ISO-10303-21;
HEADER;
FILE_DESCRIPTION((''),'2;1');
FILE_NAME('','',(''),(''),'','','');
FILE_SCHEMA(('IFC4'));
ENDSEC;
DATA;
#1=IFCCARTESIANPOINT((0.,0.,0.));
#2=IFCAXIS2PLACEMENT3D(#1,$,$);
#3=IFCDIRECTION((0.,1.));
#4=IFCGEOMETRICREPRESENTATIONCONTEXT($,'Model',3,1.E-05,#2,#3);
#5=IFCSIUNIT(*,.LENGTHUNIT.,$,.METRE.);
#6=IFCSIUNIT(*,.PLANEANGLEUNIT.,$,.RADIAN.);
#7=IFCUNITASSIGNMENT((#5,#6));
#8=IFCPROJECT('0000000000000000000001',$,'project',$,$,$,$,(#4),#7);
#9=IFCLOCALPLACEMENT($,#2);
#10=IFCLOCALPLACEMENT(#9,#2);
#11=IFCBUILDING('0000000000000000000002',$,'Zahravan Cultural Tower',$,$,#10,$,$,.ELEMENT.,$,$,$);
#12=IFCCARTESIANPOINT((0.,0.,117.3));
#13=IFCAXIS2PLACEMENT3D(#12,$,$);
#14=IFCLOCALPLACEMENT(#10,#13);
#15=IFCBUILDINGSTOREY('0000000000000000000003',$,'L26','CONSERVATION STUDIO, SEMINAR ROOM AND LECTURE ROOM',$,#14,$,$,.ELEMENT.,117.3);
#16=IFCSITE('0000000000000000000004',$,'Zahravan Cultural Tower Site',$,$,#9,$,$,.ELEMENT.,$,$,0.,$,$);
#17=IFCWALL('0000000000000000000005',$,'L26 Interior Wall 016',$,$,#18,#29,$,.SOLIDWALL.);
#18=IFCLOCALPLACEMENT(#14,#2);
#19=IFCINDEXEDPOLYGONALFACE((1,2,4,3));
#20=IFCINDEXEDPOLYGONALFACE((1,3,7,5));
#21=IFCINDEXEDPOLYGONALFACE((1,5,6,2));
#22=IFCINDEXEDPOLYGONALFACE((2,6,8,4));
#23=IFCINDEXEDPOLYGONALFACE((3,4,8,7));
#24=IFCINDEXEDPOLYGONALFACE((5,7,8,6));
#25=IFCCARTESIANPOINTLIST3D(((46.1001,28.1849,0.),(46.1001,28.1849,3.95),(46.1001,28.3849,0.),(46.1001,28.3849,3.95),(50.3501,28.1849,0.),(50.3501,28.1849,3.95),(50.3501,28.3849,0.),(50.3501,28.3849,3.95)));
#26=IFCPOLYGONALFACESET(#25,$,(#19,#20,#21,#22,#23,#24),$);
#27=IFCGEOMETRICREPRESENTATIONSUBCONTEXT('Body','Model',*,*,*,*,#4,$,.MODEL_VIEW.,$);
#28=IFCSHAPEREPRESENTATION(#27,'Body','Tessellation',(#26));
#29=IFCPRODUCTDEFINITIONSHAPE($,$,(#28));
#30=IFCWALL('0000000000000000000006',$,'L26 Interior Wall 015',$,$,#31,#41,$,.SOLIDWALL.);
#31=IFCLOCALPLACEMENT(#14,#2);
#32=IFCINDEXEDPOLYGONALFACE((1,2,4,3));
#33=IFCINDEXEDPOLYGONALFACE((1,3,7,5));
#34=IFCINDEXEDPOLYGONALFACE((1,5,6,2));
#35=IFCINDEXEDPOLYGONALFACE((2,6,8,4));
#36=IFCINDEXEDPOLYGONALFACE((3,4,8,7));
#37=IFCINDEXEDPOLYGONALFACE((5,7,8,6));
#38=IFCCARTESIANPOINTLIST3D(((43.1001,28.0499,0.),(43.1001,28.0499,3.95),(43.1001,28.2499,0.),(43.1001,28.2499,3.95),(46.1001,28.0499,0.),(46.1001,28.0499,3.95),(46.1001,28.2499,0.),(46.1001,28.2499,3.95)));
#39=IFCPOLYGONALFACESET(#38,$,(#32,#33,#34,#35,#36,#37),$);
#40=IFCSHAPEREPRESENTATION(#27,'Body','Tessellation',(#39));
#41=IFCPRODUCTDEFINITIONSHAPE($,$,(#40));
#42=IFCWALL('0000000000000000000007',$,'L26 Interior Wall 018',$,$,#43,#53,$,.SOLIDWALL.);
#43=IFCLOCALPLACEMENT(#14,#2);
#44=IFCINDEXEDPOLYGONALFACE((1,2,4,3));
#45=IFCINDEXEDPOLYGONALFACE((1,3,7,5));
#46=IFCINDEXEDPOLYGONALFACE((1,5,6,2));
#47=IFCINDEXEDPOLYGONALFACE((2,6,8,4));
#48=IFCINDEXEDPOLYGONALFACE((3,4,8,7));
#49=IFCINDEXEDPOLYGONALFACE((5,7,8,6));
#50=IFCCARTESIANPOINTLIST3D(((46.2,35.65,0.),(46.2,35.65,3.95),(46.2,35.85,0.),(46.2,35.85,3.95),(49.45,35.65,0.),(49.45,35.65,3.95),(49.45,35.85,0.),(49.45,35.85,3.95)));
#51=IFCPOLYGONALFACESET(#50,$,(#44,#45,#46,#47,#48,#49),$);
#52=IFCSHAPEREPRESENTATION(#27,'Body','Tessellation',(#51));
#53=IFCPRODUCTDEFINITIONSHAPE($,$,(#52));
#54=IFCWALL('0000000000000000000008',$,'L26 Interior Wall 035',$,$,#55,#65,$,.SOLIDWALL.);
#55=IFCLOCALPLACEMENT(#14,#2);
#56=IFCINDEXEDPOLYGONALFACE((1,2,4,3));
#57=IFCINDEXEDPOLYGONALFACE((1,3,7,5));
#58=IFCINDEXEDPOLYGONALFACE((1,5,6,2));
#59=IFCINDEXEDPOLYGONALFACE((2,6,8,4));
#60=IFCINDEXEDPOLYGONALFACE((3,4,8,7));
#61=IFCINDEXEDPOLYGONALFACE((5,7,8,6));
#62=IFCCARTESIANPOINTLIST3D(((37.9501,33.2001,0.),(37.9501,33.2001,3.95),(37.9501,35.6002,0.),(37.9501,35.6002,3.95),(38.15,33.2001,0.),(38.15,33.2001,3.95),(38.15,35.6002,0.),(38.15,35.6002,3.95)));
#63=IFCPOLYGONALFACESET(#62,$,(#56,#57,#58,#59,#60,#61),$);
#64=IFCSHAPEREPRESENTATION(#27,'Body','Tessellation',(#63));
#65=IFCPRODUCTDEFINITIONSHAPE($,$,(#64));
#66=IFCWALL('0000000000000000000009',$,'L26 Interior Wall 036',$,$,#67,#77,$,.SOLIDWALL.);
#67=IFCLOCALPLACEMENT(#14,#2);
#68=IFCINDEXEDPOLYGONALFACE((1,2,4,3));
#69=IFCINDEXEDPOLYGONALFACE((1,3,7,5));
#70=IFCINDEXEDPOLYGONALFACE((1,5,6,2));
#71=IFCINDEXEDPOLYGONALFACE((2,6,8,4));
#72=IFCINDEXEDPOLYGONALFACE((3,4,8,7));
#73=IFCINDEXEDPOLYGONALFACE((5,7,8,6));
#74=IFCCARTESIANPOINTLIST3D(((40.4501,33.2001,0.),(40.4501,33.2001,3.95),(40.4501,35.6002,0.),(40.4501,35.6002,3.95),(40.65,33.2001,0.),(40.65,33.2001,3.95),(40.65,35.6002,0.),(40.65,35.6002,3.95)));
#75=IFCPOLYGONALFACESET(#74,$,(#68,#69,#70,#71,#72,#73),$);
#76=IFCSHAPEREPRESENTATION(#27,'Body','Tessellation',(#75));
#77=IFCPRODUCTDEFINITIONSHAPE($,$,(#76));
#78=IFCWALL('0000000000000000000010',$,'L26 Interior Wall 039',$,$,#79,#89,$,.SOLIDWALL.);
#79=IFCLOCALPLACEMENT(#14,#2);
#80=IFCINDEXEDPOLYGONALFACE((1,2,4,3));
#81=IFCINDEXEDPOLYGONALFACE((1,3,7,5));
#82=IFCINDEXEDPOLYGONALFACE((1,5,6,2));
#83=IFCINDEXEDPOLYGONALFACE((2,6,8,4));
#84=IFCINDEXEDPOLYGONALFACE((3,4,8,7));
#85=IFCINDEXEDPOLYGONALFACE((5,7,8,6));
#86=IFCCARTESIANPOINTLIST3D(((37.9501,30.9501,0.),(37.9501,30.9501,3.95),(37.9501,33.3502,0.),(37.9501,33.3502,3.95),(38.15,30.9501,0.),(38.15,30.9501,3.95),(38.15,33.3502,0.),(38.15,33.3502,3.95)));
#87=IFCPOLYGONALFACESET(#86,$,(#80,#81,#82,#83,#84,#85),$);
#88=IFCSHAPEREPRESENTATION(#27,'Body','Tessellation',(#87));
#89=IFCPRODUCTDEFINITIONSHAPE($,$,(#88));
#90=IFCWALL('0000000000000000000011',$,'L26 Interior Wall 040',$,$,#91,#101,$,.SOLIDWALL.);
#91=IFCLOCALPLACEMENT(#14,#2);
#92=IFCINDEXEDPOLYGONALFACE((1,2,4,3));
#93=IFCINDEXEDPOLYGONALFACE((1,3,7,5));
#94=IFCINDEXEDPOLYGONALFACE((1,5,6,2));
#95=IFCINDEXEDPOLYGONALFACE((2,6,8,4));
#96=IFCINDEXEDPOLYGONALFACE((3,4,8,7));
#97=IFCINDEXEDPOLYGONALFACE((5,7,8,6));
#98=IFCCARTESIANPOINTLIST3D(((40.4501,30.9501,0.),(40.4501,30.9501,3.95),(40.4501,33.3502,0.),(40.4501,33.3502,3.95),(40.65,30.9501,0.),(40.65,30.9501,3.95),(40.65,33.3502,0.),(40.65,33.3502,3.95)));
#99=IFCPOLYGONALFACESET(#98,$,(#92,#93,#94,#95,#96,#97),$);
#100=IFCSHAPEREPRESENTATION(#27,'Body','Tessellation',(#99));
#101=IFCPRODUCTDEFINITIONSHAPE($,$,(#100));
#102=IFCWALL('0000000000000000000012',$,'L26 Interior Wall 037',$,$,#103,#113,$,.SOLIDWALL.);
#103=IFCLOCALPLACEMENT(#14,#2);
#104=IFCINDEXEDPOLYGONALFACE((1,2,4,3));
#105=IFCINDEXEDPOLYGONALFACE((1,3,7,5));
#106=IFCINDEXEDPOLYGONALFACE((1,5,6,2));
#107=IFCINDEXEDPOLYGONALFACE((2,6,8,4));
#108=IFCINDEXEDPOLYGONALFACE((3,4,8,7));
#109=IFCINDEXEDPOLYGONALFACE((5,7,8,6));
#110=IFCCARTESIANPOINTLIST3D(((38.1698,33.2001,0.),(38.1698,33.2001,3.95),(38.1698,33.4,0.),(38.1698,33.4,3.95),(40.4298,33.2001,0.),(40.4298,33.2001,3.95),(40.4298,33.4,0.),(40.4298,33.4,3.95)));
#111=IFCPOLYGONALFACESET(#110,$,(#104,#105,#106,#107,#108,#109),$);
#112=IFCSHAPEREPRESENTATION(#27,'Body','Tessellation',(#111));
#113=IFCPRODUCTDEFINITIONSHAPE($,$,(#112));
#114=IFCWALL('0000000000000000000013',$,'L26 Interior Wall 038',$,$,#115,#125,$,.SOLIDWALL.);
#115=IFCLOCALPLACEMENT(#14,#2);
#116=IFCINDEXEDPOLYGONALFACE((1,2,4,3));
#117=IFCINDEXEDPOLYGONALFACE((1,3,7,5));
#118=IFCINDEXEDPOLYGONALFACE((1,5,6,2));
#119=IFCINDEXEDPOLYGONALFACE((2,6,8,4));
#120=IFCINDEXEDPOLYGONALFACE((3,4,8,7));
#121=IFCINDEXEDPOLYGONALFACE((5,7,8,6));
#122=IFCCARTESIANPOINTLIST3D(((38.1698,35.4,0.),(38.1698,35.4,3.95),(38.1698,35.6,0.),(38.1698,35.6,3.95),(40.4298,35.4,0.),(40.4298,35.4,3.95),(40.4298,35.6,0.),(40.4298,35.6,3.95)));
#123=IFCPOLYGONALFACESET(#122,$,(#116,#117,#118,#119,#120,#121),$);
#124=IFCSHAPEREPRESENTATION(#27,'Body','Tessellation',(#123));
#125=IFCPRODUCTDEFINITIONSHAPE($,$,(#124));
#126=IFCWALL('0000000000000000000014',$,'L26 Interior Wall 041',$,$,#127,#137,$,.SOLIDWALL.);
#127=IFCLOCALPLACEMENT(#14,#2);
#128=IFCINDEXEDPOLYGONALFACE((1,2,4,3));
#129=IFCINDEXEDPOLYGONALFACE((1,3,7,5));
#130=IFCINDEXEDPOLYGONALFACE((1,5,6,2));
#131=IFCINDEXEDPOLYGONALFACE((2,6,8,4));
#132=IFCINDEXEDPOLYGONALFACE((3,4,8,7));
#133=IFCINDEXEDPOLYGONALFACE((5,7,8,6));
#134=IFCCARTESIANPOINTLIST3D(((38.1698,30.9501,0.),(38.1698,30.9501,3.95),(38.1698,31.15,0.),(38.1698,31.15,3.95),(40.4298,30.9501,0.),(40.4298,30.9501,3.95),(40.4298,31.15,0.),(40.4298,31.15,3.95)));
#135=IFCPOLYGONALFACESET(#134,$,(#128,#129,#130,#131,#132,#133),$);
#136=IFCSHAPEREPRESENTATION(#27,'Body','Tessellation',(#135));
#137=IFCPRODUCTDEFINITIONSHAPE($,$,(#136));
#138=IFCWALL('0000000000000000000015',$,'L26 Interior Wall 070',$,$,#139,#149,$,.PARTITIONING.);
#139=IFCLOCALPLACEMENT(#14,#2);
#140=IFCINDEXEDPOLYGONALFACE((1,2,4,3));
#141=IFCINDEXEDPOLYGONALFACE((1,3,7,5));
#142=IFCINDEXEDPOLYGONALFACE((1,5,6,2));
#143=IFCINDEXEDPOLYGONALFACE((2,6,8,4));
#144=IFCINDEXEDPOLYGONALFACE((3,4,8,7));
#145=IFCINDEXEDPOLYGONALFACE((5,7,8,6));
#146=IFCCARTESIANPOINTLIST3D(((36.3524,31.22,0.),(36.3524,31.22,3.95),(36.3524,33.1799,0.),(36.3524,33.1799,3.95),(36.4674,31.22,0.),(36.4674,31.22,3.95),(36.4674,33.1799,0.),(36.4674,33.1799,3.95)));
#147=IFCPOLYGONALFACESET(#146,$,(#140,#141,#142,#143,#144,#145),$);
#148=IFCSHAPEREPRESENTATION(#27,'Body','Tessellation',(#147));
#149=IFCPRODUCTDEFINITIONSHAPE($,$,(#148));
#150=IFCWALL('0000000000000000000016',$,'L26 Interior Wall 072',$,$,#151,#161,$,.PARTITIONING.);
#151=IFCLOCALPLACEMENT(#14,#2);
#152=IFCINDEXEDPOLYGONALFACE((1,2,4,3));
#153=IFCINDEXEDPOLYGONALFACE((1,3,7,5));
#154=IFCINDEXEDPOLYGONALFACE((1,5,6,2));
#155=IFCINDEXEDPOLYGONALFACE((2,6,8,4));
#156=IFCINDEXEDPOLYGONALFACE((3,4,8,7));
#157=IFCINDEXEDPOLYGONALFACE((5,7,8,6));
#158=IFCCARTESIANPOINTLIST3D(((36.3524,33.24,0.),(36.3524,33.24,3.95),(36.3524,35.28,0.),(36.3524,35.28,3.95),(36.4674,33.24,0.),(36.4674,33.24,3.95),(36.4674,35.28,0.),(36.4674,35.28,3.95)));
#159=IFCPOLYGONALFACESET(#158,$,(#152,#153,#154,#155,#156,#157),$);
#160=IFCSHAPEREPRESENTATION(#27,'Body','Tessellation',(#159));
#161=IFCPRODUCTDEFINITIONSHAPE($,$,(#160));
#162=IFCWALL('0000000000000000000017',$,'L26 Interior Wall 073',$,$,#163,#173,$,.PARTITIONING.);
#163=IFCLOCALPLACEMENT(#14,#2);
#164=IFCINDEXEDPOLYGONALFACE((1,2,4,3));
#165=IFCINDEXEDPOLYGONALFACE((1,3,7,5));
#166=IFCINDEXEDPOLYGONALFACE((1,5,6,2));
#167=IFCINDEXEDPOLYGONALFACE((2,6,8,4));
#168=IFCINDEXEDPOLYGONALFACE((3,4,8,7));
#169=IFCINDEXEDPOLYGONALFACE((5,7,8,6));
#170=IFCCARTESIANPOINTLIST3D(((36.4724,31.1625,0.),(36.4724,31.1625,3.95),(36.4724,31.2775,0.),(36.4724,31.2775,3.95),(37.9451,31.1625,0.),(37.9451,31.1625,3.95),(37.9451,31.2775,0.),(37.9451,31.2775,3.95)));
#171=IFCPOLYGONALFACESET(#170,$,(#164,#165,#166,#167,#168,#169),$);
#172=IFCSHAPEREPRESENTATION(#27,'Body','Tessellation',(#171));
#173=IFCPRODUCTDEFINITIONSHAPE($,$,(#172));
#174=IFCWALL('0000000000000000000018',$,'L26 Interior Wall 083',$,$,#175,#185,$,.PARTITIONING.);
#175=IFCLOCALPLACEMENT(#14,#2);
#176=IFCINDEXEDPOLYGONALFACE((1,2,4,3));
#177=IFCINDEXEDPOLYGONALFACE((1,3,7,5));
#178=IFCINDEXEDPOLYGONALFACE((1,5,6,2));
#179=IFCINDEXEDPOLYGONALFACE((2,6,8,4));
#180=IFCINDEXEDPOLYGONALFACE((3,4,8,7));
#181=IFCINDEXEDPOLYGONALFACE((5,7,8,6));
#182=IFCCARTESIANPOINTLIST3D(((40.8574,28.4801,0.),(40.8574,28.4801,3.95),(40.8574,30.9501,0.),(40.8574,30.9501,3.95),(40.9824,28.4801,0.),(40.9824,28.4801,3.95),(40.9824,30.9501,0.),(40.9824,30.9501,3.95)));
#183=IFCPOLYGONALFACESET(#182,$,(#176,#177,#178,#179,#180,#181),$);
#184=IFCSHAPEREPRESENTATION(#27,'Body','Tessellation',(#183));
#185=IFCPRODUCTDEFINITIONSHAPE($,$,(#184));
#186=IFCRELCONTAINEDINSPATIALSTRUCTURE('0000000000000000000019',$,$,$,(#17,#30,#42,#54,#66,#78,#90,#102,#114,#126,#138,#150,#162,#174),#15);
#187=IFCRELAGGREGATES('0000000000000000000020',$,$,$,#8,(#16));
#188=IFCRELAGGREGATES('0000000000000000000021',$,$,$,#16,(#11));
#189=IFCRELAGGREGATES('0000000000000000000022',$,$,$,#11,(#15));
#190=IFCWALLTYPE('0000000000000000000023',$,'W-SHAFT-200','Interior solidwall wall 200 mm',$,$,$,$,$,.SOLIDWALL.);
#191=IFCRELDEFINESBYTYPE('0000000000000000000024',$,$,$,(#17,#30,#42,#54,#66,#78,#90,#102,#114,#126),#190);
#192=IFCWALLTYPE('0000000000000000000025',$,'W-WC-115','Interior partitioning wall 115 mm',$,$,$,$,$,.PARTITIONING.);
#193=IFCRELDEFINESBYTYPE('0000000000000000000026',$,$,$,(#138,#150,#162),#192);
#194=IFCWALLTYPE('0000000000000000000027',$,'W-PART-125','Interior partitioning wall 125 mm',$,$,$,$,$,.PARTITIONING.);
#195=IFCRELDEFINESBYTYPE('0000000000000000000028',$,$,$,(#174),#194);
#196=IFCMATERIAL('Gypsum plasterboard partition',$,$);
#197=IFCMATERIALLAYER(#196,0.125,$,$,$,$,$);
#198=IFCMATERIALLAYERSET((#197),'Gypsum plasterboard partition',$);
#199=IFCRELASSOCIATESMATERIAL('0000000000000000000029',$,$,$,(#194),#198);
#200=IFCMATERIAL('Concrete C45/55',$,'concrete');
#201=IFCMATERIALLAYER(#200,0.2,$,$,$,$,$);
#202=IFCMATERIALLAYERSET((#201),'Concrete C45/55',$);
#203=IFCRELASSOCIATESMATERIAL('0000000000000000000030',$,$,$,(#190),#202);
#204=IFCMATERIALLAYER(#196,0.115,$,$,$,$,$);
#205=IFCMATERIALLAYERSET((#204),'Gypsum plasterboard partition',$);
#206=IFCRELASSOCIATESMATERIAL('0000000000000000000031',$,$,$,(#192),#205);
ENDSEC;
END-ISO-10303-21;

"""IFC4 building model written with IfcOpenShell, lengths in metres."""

from ifc_helpers import new_model, si_unit, direction, frame, frame_2d, origin, place, context, subcontext, project, spatial, rectangle, extrude, source, transform, mapped, material, layer, layer_set, type_object, element, save


model = new_model("IFC4")

# Units and contexts
model_context = context("Model", 3, precision=1e-05, world=origin(), true_north=direction((0.0, 1.0)))
body_context = subcontext(model_context, "Body", "Model", "MODEL_VIEW")
ifc_project = project(units=[si_unit("LENGTHUNIT", "METRE"), si_unit("PLANEANGLEUNIT", "RADIAN")], contexts=[model_context])

# Site, building, storey
site_placement = place(None, origin())
site = spatial("IfcSite", under=ifc_project, at=site_placement, Name="Zahravan Cultural Tower Site", CompositionType="ELEMENT", RefElevation=0.0)
building_placement = place(site_placement, origin())
building = spatial("IfcBuilding", under=site, at=building_placement, Name="Zahravan Cultural Tower", CompositionType="ELEMENT")
storey_placement = place(building_placement, frame((0.0, 0.0, 117.3)))
storey = spatial("IfcBuildingStorey", under=building, at=storey_placement, Name="L26", Description="CONSERVATION STUDIO, SEMINAR ROOM AND LECTURE ROOM", CompositionType="ELEMENT", Elevation=117.3)

# Shared definitions
ifc_material_1 = material(Name="Gypsum plasterboard partition")
ifc_layer_1 = layer(ifc_material_1, 0.125)
ifc_layer_set_1 = layer_set([ifc_layer_1], Name="Gypsum plasterboard partition")
wall_type_1 = type_object("IfcWallType", Name="W-PART-125", Description="Interior partitioning wall 125 mm", PredefinedType="PARTITIONING", material=ifc_layer_set_1)
ifc_material_2 = material(Name="Concrete C45/55", Category="concrete")
ifc_layer_2 = layer(ifc_material_2, 0.2)
ifc_layer_set_2 = layer_set([ifc_layer_2], Name="Concrete C45/55")
wall_type_2 = type_object("IfcWallType", Name="W-SHAFT-200", Description="Interior solidwall wall 200 mm", PredefinedType="SOLIDWALL", material=ifc_layer_set_2)
ifc_layer_3 = layer(ifc_material_1, 0.115)
ifc_layer_set_3 = layer_set([ifc_layer_3], Name="Gypsum plasterboard partition")
wall_type_3 = type_object("IfcWallType", Name="W-WC-115", Description="Interior partitioning wall 115 mm", PredefinedType="PARTITIONING", material=ifc_layer_set_3)

# Walls
shared_shape_1 = source(origin(), body_context, "Body", "SweptSolid", [
    extrude(rectangle(XDim=4.25, YDim=0.2, at=frame_2d((2.125, 0.0))), origin(), (0.0, 0.0, 1.0), 3.95),
])
wall_1_placement = place(storey_placement, frame((46.1001, 28.2849, 0.0), z_axis=(0.0, 0.0, 1.0), x_axis=(1.0, 0.0, 0.0)))
element("IfcWall", 1, at=wall_1_placement, inside=storey, type_object=wall_type_2, Name="L26 Interior Wall 016", PredefinedType="SOLIDWALL", context=body_context, shape_type="MappedRepresentation", body=[
    mapped(shared_shape_1, transform((0.0, 0.0, 0.0), x_axis=(1.0, 0.0, 0.0), y_axis=(0.0, 1.0, 0.0), z_axis=(0.0, 0.0, 1.0), scale=1.0)),
])
shared_shape_2 = source(origin(), body_context, "Body", "SweptSolid", [
    extrude(rectangle(XDim=3.0, YDim=0.2, at=frame_2d((1.5, 0.0))), origin(), (0.0, 0.0, 1.0), 3.95),
])
wall_2_placement = place(storey_placement, frame((43.1001, 28.1499, 0.0), z_axis=(0.0, 0.0, 1.0), x_axis=(1.0, 0.0, 0.0)))
element("IfcWall", 2, at=wall_2_placement, inside=storey, type_object=wall_type_2, Name="L26 Interior Wall 015", PredefinedType="SOLIDWALL", context=body_context, shape_type="MappedRepresentation", body=[
    mapped(shared_shape_2, transform((0.0, 0.0, 0.0), x_axis=(1.0, 0.0, 0.0), y_axis=(0.0, 1.0, 0.0), z_axis=(0.0, 0.0, 1.0), scale=1.0)),
])
shared_shape_3 = source(origin(), body_context, "Body", "SweptSolid", [
    extrude(rectangle(XDim=3.25, YDim=0.2, at=frame_2d((1.625, 0.0))), origin(), (0.0, 0.0, 1.0), 3.95),
])
wall_3_placement = place(storey_placement, frame((46.2, 35.75, 0.0), z_axis=(0.0, 0.0, 1.0), x_axis=(1.0, 0.0, 0.0)))
element("IfcWall", 3, at=wall_3_placement, inside=storey, type_object=wall_type_2, Name="L26 Interior Wall 018", PredefinedType="SOLIDWALL", context=body_context, shape_type="MappedRepresentation", body=[
    mapped(shared_shape_3, transform((0.0, 0.0, 0.0), x_axis=(1.0, 0.0, 0.0), y_axis=(0.0, 1.0, 0.0), z_axis=(0.0, 0.0, 1.0), scale=1.0)),
])
shared_shape_4 = source(origin(), body_context, "Body", "SweptSolid", [
    extrude(rectangle(XDim=2.4001, YDim=0.2, at=frame_2d((1.2002, 0.0))), origin(), (0.0, 0.0, 1.0), 3.95),
])
for number, where, z_axis, x_axis, name in (
    (4, (38.05, 33.2, 0.0), (0.0, 0.0, 1.0), (0.0, 1.0, 0.0), "L26 Interior Wall 035"),
    (5, (40.55, 33.2, 0.0), (0.0, 0.0, 1.0), (0.0, 1.0, 0.0), "L26 Interior Wall 036"),
    (6, (38.05, 30.95, 0.0), (0.0, 0.0, 1.0), (0.0, 1.0, 0.0), "L26 Interior Wall 039"),
    (7, (40.55, 30.95, 0.0), (0.0, 0.0, 1.0), (0.0, 1.0, 0.0), "L26 Interior Wall 040"),
):
    element("IfcWall", number, at=place(storey_placement, frame(where, z_axis=z_axis, x_axis=x_axis)), inside=storey, type_object=wall_type_2, Name=name, PredefinedType="SOLIDWALL", context=body_context, shape_type="MappedRepresentation", body=[
        mapped(shared_shape_4, transform((0.0, 0.0, 0.0), x_axis=(1.0, 0.0, 0.0), y_axis=(0.0, 1.0, 0.0), z_axis=(0.0, 0.0, 1.0), scale=1.0)),
    ])
shared_shape_5 = source(origin(), body_context, "Body", "SweptSolid", [
    extrude(rectangle(XDim=2.26, YDim=0.2, at=frame_2d((1.1299, 0.0))), origin(), (0.0, 0.0, 1.0), 3.95),
])
for number, where, z_axis, x_axis, name in (
    (8, (38.1699, 33.3, 0.0), (0.0, 0.0, 1.0), (1.0, 0.0, 0.0), "L26 Interior Wall 037"),
    (9, (38.1699, 35.5, 0.0), (0.0, 0.0, 1.0), (1.0, 0.0, 0.0), "L26 Interior Wall 038"),
    (10, (38.1699, 31.05, 0.0), (0.0, 0.0, 1.0), (1.0, 0.0, 0.0), "L26 Interior Wall 041"),
):
    element("IfcWall", number, at=place(storey_placement, frame(where, z_axis=z_axis, x_axis=x_axis)), inside=storey, type_object=wall_type_2, Name=name, PredefinedType="SOLIDWALL", context=body_context, shape_type="MappedRepresentation", body=[
        mapped(shared_shape_5, transform((0.0, 0.0, 0.0), x_axis=(1.0, 0.0, 0.0), y_axis=(0.0, 1.0, 0.0), z_axis=(0.0, 0.0, 1.0), scale=1.0)),
    ])
shared_shape_6 = source(origin(), body_context, "Body", "SweptSolid", [
    extrude(rectangle(XDim=1.96, YDim=0.115, at=frame_2d((0.98, 0.0))), origin(), (0.0, 0.0, 1.0), 3.95),
])
wall_4_placement = place(storey_placement, frame((36.4099, 33.1799, 0.0), z_axis=(0.0, 0.0, 1.0), x_axis=(0.0, -1.0, 0.0)))
element("IfcWall", 11, at=wall_4_placement, inside=storey, type_object=wall_type_3, Name="L26 Interior Wall 070", PredefinedType="PARTITIONING", context=body_context, shape_type="MappedRepresentation", body=[
    mapped(shared_shape_6, transform((0.0, 0.0, 0.0), x_axis=(1.0, 0.0, 0.0), y_axis=(0.0, 1.0, 0.0), z_axis=(0.0, 0.0, 1.0), scale=1.0)),
])
shared_shape_7 = source(origin(), body_context, "Body", "SweptSolid", [
    extrude(rectangle(XDim=2.04, YDim=0.115, at=frame_2d((1.02, 0.0))), origin(), (0.0, 0.0, 1.0), 3.95),
])
wall_5_placement = place(storey_placement, frame((36.4099, 35.28, 0.0), z_axis=(0.0, 0.0, 1.0), x_axis=(0.0, -1.0, 0.0)))
element("IfcWall", 12, at=wall_5_placement, inside=storey, type_object=wall_type_3, Name="L26 Interior Wall 072", PredefinedType="PARTITIONING", context=body_context, shape_type="MappedRepresentation", body=[
    mapped(shared_shape_7, transform((0.0, 0.0, 0.0), x_axis=(1.0, 0.0, 0.0), y_axis=(0.0, 1.0, 0.0), z_axis=(0.0, 0.0, 1.0), scale=1.0)),
])
shared_shape_8 = source(origin(), body_context, "Body", "SweptSolid", [
    extrude(rectangle(XDim=1.4727, YDim=0.115, at=frame_2d((0.7363, 0.0))), origin(), (0.0, 0.0, 1.0), 3.95),
])
wall_6_placement = place(storey_placement, frame((37.9451, 31.22, 0.0), z_axis=(0.0, 0.0, 1.0), x_axis=(-1.0, 0.0, 0.0)))
element("IfcWall", 13, at=wall_6_placement, inside=storey, type_object=wall_type_3, Name="L26 Interior Wall 073", PredefinedType="PARTITIONING", context=body_context, shape_type="MappedRepresentation", body=[
    mapped(shared_shape_8, transform((0.0, 0.0, 0.0), x_axis=(1.0, 0.0, 0.0), y_axis=(0.0, 1.0, 0.0), z_axis=(0.0, 0.0, 1.0), scale=1.0)),
])
shared_shape_9 = source(origin(), body_context, "Body", "SweptSolid", [
    extrude(rectangle(XDim=2.47, YDim=0.125, at=frame_2d((1.2349, 0.0))), origin(), (0.0, 0.0, 1.0), 3.95),
])
wall_7_placement = place(storey_placement, frame((40.9199, 30.95, 0.0), z_axis=(0.0, 0.0, 1.0), x_axis=(0.0, -1.0, 0.0)))
element("IfcWall", 14, at=wall_7_placement, inside=storey, type_object=wall_type_1, Name="L26 Interior Wall 083", PredefinedType="PARTITIONING", context=body_context, shape_type="MappedRepresentation", body=[
    mapped(shared_shape_9, transform((0.0, 0.0, 0.0), x_axis=(1.0, 0.0, 0.0), y_axis=(0.0, 1.0, 0.0), z_axis=(0.0, 0.0, 1.0), scale=1.0)),
])

save(model, "model.ifc")
